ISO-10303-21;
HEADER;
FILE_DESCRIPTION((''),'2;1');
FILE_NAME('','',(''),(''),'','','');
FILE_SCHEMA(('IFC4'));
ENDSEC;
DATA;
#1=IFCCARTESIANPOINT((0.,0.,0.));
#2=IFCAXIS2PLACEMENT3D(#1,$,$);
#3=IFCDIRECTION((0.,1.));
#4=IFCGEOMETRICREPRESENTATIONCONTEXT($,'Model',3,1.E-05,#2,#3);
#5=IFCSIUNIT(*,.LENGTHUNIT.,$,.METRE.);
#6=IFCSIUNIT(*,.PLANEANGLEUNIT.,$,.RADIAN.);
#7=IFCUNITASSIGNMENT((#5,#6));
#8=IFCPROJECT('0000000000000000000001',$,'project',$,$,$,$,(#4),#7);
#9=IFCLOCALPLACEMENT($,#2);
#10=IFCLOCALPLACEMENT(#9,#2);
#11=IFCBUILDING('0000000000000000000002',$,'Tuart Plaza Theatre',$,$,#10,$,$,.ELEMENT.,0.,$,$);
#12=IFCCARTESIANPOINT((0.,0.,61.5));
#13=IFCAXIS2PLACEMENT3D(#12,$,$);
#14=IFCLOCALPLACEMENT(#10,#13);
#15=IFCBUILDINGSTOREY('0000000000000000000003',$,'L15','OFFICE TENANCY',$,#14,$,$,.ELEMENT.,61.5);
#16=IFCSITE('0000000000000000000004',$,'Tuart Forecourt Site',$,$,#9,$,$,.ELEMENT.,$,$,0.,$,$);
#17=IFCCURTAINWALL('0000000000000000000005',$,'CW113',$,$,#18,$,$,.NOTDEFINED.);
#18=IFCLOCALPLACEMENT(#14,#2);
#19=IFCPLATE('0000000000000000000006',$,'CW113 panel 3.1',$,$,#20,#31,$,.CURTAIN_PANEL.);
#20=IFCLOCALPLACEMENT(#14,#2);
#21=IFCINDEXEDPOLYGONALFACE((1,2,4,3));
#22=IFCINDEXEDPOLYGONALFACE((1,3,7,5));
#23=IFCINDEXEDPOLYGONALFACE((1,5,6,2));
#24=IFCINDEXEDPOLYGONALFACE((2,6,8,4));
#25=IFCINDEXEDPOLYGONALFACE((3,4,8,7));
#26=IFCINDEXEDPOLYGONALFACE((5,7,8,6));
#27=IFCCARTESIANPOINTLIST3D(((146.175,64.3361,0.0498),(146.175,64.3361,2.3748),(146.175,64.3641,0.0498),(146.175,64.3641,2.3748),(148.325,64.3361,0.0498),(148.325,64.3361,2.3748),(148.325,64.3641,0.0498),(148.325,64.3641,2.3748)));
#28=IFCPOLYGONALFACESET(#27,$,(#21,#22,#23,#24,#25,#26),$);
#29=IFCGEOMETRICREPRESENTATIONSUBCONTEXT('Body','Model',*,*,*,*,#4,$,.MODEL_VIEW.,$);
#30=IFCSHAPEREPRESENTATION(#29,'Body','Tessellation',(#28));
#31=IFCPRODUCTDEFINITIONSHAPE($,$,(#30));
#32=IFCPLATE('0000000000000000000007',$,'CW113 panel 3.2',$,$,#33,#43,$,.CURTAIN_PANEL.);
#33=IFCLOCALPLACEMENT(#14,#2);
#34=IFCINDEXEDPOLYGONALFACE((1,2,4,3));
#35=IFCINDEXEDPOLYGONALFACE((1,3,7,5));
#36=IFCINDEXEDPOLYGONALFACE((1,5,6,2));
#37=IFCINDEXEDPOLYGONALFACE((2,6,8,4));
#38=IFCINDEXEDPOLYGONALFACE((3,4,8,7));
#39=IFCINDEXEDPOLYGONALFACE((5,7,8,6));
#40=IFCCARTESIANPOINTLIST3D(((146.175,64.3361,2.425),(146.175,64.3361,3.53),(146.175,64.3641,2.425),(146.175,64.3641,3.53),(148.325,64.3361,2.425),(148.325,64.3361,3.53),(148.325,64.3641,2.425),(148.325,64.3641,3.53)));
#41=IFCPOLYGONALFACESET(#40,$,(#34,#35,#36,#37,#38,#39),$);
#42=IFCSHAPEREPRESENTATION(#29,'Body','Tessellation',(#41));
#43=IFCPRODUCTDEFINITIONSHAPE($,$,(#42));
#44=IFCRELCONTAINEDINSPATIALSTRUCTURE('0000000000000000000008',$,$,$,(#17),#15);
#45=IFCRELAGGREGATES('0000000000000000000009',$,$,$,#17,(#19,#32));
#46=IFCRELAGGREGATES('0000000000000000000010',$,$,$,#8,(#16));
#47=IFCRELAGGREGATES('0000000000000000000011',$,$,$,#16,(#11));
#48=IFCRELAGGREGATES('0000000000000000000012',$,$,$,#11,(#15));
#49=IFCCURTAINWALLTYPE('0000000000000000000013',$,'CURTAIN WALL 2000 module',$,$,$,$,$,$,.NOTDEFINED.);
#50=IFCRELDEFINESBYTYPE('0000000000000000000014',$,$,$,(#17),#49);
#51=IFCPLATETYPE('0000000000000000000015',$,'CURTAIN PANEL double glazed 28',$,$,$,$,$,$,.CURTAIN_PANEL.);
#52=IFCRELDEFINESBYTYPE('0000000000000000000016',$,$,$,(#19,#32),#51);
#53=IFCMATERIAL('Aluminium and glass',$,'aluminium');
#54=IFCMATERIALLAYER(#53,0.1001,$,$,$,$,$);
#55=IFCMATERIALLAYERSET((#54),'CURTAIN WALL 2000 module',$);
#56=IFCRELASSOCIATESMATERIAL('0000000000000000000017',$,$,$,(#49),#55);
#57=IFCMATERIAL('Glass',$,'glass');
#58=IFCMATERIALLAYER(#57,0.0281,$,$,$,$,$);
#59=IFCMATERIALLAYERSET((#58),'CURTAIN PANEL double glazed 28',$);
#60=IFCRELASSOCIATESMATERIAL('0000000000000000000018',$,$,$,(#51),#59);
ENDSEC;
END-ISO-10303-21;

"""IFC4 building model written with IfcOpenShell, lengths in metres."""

from ifc_helpers import new_model, si_unit, direction, frame, origin, origin_2d, place, context, subcontext, project, spatial, rectangle, extrude, material, layer, layer_set, type_object, element, aggregate, save


model = new_model("IFC4")

# Units and contexts
model_context = context("Model", 3, precision=1e-05, world=origin(), true_north=direction((0.0, 1.0)))
body_context = subcontext(model_context, "Body", "Model", "MODEL_VIEW")
ifc_project = project(units=[si_unit("LENGTHUNIT", "METRE"), si_unit("PLANEANGLEUNIT", "RADIAN")], contexts=[model_context])

# Site, building, storey
site_placement = place(None, origin())
site = spatial("IfcSite", under=ifc_project, at=site_placement, Name="Tuart Forecourt Site", CompositionType="ELEMENT", RefElevation=0.0)
building_placement = place(site_placement, origin())
building = spatial("IfcBuilding", under=site, at=building_placement, Name="Tuart Plaza Theatre", CompositionType="ELEMENT", ElevationOfRefHeight=0.0)
storey_placement = place(building_placement, frame((0.0, 0.0, 61.5)))
storey = spatial("IfcBuildingStorey", under=building, at=storey_placement, Name="L15", Description="OFFICE TENANCY", CompositionType="ELEMENT", Elevation=61.5)

# Curtain wall, plates
ifc_material_1 = material(Name="Aluminium and glass", Category="aluminium")
ifc_layer_1 = layer(ifc_material_1, 0.1001)
ifc_layer_set_1 = layer_set([ifc_layer_1], Name="CURTAIN WALL 2000 module")
curtain_wall_type = type_object("IfcCurtainWallType", Name="CURTAIN WALL 2000 module", PredefinedType="NOTDEFINED", material=ifc_layer_set_1)
curtain_wall_placement = place(storey_placement, origin())
curtain_wall = element("IfcCurtainWall", 1, at=curtain_wall_placement, inside=storey, type_object=curtain_wall_type, Name="CW113", PredefinedType="NOTDEFINED")
ifc_material_2 = material(Name="Glass", Category="glass")
ifc_layer_2 = layer(ifc_material_2, 0.0281)
ifc_layer_set_2 = layer_set([ifc_layer_2], Name="CURTAIN PANEL double glazed 28")
plate_type = type_object("IfcPlateType", Name="CURTAIN PANEL double glazed 28", PredefinedType="CURTAIN_PANEL", material=ifc_layer_set_2)
plate_1_placement = place(storey_placement, frame((147.25, 64.3501, 0.0498), z_axis=(0.0, 0.0, 1.0), x_axis=(1.0, 0.0, 0.0)))
plate_1 = element("IfcPlate", 2, at=plate_1_placement, type_object=plate_type, Name="CW113 panel 3.1", PredefinedType="CURTAIN_PANEL", context=body_context, shape_type="SweptSolid", body=[
    extrude(rectangle(XDim=2.1499, YDim=0.0281, at=origin_2d()), origin(), (0.0, 0.0, 1.0), 2.325),
])
plate_2_placement = place(storey_placement, frame((147.25, 64.3501, 2.425), z_axis=(0.0, 0.0, 1.0), x_axis=(1.0, 0.0, 0.0)))
plate_2 = element("IfcPlate", 3, at=plate_2_placement, type_object=plate_type, Name="CW113 panel 3.2", PredefinedType="CURTAIN_PANEL", context=body_context, shape_type="SweptSolid", body=[
    extrude(rectangle(XDim=2.1499, YDim=0.0281, at=origin_2d()), origin(), (0.0, 0.0, 1.0), 1.105),
])
aggregate(curtain_wall, [plate_1, plate_2])

save(model, "model.ifc")
